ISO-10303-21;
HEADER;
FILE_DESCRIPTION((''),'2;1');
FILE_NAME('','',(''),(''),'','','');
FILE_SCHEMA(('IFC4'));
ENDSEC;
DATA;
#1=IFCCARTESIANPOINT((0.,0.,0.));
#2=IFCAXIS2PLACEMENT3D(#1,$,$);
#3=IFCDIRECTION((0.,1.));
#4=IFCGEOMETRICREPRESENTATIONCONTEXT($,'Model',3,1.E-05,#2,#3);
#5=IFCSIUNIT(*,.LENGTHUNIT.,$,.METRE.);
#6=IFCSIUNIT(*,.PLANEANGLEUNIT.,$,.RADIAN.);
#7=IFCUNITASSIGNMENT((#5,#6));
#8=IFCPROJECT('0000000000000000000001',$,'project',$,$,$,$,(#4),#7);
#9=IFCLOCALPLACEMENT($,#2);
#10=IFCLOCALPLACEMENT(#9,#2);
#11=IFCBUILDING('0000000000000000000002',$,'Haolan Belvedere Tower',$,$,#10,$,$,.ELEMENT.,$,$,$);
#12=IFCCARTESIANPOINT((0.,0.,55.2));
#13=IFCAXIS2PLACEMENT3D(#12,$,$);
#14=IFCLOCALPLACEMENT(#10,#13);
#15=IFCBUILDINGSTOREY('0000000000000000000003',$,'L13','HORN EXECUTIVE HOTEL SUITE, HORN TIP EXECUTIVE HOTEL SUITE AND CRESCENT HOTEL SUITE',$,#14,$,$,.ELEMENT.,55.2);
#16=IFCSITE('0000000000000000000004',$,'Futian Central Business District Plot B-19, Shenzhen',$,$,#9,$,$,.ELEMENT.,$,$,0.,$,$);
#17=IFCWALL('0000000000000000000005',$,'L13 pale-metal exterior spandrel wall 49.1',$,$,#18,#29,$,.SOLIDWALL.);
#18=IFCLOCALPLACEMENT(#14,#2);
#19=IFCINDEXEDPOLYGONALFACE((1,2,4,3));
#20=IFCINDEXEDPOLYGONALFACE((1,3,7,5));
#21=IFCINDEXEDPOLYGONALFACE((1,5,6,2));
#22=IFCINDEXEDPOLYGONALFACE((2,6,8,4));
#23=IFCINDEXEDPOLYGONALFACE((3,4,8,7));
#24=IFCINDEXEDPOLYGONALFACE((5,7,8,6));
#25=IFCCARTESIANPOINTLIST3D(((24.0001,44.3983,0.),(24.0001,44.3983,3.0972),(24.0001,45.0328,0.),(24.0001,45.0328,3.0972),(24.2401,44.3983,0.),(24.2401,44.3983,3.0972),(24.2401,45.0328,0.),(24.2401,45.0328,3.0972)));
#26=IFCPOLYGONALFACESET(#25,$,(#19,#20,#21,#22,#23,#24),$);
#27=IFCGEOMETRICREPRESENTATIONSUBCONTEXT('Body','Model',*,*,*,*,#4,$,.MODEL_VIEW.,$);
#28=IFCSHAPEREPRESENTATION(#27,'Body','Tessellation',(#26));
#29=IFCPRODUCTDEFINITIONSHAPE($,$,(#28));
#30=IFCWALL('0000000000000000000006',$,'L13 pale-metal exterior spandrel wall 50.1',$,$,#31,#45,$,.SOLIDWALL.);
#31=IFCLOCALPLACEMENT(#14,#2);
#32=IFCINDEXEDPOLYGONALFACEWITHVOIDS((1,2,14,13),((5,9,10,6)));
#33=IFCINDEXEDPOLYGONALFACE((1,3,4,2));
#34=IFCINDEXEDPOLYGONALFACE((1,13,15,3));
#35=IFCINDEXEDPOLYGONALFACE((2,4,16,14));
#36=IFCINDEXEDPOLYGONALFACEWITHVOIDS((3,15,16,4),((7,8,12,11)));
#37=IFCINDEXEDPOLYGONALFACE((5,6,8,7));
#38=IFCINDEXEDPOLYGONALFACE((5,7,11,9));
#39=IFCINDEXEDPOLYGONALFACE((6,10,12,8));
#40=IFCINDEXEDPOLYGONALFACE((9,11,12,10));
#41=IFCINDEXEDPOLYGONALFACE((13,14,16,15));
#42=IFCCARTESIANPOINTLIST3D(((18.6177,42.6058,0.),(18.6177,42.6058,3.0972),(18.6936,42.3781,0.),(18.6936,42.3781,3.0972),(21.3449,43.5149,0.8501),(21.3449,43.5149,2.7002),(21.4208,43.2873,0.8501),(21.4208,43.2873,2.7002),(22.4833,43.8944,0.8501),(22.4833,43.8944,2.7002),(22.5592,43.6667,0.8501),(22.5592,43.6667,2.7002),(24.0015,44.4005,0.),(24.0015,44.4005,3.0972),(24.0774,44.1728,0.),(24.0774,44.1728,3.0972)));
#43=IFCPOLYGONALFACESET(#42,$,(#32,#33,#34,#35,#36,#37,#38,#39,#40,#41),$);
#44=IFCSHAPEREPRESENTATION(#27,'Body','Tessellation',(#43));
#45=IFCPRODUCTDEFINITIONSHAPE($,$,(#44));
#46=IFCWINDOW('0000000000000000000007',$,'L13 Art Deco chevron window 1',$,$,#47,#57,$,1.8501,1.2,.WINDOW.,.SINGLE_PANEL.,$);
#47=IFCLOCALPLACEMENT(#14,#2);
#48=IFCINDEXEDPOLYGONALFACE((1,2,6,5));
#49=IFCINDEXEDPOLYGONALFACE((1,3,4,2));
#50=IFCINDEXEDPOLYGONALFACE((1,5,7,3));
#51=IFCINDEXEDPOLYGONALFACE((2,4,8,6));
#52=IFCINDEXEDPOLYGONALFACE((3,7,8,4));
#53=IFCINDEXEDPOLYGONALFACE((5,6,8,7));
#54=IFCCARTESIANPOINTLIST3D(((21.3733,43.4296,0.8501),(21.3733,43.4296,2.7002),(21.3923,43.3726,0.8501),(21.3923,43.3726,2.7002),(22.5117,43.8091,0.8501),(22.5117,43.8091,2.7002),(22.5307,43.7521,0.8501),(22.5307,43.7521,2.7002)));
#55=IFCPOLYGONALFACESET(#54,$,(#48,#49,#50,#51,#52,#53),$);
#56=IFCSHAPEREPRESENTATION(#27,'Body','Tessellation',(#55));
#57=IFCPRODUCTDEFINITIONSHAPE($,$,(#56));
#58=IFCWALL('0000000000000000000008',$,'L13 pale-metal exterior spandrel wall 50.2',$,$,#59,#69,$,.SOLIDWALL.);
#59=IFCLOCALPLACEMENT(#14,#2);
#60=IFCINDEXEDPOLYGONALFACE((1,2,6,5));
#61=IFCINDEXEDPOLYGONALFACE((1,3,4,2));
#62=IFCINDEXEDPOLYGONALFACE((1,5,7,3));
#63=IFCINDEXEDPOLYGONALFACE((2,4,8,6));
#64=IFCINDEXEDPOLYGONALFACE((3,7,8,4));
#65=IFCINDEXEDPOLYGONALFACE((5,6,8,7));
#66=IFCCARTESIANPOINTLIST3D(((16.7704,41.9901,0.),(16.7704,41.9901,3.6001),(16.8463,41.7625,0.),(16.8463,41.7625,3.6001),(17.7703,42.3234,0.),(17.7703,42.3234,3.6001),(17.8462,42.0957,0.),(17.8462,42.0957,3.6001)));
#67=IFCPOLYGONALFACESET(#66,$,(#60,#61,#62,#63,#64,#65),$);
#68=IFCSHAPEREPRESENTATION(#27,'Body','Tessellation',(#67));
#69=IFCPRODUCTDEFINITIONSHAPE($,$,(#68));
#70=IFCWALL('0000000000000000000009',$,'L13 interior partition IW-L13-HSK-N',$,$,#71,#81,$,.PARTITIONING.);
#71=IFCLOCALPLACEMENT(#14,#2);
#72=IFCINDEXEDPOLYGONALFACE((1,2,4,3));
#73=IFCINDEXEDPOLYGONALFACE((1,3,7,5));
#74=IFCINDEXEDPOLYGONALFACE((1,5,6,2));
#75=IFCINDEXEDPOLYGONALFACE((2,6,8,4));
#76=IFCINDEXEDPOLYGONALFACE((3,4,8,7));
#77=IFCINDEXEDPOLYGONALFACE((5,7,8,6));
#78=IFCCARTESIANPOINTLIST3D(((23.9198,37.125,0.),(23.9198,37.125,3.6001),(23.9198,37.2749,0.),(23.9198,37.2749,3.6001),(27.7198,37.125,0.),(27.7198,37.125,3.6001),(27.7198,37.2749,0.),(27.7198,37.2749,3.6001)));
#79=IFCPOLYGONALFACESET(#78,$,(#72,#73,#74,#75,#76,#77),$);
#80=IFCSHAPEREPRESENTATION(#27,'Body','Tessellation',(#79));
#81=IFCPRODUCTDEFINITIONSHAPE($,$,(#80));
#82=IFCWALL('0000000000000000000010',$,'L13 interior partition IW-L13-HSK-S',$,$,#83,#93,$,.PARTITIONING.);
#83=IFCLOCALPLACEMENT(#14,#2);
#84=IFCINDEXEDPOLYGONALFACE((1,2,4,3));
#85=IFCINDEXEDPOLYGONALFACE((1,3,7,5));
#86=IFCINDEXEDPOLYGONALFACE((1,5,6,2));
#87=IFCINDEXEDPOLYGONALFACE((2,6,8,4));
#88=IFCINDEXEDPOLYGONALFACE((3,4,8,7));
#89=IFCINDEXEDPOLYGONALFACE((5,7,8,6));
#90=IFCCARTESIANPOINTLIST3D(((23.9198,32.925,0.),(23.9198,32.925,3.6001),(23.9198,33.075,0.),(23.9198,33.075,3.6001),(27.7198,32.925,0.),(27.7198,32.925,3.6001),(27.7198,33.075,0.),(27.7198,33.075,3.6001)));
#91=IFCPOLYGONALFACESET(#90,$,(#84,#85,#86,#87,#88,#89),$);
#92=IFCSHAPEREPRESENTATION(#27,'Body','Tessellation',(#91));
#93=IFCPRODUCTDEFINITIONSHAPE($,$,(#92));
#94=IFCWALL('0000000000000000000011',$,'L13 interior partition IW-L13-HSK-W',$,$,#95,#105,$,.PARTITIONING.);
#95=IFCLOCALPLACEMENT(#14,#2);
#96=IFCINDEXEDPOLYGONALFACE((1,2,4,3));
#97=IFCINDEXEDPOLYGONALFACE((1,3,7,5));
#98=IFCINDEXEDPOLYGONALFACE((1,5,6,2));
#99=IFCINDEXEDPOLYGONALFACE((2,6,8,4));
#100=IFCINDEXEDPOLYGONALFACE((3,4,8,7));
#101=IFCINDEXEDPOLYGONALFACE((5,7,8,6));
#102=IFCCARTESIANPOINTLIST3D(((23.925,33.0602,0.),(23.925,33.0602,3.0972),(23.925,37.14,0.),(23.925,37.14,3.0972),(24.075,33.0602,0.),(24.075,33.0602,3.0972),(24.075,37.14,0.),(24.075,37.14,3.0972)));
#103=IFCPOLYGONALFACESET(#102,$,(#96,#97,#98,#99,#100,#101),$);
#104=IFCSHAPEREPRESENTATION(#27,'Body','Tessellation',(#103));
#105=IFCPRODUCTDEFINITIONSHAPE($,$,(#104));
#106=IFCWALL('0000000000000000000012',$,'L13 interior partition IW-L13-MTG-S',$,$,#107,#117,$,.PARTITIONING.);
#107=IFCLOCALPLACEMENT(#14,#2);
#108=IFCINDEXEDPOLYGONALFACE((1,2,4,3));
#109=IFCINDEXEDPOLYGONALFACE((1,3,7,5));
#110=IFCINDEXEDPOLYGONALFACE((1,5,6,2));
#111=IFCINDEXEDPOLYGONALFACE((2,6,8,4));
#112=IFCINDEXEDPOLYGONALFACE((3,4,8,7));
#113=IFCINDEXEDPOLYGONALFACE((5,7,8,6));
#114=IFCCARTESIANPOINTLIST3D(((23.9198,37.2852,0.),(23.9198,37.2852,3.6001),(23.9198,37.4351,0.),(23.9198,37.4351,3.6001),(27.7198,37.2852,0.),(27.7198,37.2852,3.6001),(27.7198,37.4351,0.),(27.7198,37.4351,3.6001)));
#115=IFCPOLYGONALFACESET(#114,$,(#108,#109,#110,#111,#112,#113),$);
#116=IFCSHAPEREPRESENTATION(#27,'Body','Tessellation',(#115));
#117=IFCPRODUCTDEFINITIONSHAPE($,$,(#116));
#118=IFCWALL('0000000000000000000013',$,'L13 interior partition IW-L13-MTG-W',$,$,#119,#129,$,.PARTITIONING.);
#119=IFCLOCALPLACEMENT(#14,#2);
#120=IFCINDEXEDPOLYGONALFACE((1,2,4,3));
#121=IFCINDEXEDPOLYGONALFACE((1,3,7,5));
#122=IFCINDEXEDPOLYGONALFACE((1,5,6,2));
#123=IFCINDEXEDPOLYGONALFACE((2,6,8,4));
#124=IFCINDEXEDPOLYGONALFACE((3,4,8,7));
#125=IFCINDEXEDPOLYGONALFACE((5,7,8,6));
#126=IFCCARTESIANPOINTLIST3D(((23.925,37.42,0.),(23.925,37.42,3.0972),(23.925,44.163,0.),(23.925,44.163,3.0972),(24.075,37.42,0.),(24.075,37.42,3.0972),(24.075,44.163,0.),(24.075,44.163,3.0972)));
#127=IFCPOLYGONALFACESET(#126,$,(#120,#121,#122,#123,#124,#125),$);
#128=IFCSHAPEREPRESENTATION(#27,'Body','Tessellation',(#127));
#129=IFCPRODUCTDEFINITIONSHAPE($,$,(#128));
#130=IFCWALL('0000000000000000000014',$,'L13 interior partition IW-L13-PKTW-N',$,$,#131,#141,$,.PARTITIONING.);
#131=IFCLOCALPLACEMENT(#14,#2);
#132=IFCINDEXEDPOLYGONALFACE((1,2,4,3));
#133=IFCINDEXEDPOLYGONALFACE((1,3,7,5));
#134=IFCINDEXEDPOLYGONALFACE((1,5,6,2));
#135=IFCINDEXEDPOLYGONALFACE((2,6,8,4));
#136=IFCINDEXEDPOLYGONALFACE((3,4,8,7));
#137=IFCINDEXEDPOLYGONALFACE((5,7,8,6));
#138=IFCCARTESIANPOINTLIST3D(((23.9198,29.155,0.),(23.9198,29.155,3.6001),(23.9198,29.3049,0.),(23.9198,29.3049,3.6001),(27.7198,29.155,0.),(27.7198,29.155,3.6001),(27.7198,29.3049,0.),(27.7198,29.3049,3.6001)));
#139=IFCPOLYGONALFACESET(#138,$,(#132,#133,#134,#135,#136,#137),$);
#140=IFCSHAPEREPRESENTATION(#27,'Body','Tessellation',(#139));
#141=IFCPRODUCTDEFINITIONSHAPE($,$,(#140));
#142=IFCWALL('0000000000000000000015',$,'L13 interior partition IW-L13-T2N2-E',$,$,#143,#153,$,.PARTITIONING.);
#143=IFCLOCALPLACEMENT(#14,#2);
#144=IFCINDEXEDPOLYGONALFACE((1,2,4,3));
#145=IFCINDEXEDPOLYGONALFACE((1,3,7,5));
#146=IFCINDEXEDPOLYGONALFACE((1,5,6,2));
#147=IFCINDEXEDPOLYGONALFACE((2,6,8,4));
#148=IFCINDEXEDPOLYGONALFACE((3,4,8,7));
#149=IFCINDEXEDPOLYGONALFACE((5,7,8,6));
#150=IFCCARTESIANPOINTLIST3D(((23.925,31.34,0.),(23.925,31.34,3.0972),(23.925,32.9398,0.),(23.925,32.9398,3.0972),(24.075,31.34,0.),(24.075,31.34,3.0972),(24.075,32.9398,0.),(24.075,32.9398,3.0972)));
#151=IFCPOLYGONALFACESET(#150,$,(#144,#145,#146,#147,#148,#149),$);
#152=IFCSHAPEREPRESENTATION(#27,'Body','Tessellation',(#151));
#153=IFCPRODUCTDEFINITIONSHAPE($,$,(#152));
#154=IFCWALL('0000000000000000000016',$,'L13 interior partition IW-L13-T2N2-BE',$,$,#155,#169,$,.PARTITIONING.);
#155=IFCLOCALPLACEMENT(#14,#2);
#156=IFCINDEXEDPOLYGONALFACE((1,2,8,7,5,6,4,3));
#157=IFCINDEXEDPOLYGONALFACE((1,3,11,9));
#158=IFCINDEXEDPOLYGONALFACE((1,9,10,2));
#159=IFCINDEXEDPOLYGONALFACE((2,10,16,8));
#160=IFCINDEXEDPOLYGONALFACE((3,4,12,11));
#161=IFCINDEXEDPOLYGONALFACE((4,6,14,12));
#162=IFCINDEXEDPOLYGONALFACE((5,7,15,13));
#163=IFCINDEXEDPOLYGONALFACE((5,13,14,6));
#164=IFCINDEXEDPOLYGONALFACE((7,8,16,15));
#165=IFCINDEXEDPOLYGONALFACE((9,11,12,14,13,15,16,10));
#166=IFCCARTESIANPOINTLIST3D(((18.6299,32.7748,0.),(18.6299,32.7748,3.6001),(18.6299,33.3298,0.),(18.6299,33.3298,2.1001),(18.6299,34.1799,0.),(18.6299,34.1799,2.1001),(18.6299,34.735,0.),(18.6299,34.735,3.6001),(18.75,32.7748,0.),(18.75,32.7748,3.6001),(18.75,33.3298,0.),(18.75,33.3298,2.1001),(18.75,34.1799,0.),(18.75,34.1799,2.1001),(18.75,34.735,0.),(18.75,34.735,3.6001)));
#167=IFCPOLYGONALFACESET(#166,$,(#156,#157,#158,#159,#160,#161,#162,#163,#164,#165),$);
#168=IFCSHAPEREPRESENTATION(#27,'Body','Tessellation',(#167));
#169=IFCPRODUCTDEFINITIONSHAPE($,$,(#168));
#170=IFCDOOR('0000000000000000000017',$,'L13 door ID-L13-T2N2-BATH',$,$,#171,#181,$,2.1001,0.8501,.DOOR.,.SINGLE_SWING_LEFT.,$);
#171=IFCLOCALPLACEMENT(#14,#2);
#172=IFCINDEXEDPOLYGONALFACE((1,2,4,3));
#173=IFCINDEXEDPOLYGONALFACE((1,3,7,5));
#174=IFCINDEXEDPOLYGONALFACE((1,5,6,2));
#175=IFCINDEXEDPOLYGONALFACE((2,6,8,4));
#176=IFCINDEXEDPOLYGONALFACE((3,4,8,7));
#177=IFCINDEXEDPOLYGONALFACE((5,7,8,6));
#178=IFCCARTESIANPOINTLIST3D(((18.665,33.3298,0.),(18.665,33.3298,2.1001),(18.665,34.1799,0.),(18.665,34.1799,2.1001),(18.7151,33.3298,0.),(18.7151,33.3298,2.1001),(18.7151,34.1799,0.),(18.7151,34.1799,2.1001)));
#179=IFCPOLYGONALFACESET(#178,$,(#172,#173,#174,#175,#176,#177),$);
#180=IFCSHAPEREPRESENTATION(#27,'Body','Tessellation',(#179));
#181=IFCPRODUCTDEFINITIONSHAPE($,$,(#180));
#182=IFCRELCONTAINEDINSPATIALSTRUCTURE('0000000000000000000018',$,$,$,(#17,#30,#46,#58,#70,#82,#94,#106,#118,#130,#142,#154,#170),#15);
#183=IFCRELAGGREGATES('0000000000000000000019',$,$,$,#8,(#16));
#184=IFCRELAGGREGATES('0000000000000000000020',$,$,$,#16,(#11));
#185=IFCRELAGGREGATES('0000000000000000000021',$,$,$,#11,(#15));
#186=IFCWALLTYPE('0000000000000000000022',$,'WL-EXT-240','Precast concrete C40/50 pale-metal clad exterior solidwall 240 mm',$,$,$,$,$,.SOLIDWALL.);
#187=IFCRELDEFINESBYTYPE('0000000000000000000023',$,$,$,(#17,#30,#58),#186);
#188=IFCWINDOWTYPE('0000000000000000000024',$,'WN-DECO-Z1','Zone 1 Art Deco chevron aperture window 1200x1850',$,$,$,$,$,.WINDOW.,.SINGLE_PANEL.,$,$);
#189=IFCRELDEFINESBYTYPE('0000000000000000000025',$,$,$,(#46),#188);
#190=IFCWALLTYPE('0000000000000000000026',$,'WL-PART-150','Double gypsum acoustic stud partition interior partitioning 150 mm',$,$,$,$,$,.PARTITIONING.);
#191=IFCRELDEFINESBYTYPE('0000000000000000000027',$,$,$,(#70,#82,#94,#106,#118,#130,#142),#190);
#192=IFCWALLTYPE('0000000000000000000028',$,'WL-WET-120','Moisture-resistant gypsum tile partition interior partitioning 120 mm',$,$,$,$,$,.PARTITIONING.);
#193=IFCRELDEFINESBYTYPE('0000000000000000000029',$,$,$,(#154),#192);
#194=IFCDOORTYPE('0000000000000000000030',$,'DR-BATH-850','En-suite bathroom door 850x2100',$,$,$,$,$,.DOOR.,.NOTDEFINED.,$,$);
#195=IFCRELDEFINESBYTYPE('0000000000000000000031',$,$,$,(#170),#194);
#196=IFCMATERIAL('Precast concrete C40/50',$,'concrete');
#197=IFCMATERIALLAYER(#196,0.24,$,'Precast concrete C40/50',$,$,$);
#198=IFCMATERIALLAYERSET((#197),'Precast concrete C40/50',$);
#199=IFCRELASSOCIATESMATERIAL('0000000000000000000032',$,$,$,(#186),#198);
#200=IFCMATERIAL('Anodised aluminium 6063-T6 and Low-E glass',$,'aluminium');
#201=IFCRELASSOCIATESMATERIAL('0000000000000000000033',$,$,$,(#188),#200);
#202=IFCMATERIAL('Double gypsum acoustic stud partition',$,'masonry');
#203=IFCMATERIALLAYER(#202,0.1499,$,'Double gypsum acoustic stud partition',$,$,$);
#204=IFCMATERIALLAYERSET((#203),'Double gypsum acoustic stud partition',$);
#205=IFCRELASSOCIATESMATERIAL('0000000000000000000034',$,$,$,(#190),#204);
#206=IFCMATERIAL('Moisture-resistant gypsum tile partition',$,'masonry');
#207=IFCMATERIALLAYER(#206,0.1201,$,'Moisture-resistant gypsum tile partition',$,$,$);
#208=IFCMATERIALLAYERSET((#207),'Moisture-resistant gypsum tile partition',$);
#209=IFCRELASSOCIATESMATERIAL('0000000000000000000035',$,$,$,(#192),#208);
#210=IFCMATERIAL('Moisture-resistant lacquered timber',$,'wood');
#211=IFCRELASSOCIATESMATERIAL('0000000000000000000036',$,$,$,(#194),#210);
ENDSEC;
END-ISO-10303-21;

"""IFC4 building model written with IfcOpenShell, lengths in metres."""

from ifc_helpers import new_model, si_unit, direction, frame, frame_2d, origin, place, context, subcontext, project, spatial, rectangle, extrude, material, layer, layer_set, type_object, element, fill, save


model = new_model("IFC4")

# Units and contexts
model_context = context("Model", 3, precision=1e-05, world=origin(), true_north=direction((0.0, 1.0)))
body_context = subcontext(model_context, "Body", "Model", "MODEL_VIEW")
ifc_project = project(units=[si_unit("LENGTHUNIT", "METRE"), si_unit("PLANEANGLEUNIT", "RADIAN")], contexts=[model_context])

# Site, building, storey
site_placement = place(None, origin())
site = spatial("IfcSite", under=ifc_project, at=site_placement, Name="Futian Central Business District Plot B-19, Shenzhen", CompositionType="ELEMENT", RefElevation=0.0)
building_placement = place(site_placement, origin())
building = spatial("IfcBuilding", under=site, at=building_placement, Name="Haolan Belvedere Tower", CompositionType="ELEMENT")
storey_placement = place(building_placement, frame((0.0, 0.0, 55.2)))
storey = spatial("IfcBuildingStorey", under=building, at=storey_placement, Name="L13", Description="HORN EXECUTIVE HOTEL SUITE, HORN TIP EXECUTIVE HOTEL SUITE AND CRESCENT HOTEL SUITE", CompositionType="ELEMENT", Elevation=55.2)

# Wall
ifc_material_1 = material(Name="Precast concrete C40/50", Category="concrete")
ifc_layer_1 = layer(ifc_material_1, 0.24, Name="Precast concrete C40/50")
ifc_layer_set_1 = layer_set([ifc_layer_1], Name="Precast concrete C40/50")
wall_type_1 = type_object("IfcWallType", Name="WL-EXT-240", Description="Precast concrete C40/50 pale-metal clad exterior solidwall 240 mm", PredefinedType="SOLIDWALL", material=ifc_layer_set_1)
wall_1_placement = place(storey_placement, frame((24.1201, 45.033, 0.0), z_axis=(0.0, 0.0, 1.0), x_axis=(0.0, -1.0, 0.0)))
element("IfcWall", 1, at=wall_1_placement, inside=storey, type_object=wall_type_1, Name="L13 pale-metal exterior spandrel wall 49.1", PredefinedType="SOLIDWALL", context=body_context, shape_type="SweptSolid", body=[
    extrude(rectangle(XDim=0.6345, YDim=0.24, at=frame_2d((0.3174, 0.0))), origin(), (0.0, 0.0, 1.0), 3.0972),
])

# Wall, opening, window
wall_2_placement = place(storey_placement, frame((24.0393, 44.2866, 0.0), z_axis=(0.0, 0.0, 1.0), x_axis=(-0.948679, -0.316241, 0.0)))
wall_2 = element("IfcWall", 2, at=wall_2_placement, inside=storey, type_object=wall_type_1, Name="L13 pale-metal exterior spandrel wall 50.1", PredefinedType="SOLIDWALL", context=body_context, shape_type="SweptSolid", body=[
    extrude(rectangle(XDim=5.675, YDim=0.24, at=frame_2d((2.8374, 0.0))), origin(), (0.0, 0.0, 1.0), 3.0972),
])
opening_1_placement = place(wall_2_placement, frame((1.6001, 0.0, 0.8501)))
opening_1 = element("IfcOpeningElement", 3, at=opening_1_placement, cuts=wall_2, PredefinedType="OPENING", context=body_context, shape_type="SweptSolid", body=[
    extrude(rectangle(XDim=1.2, YDim=1.8501, at=frame_2d((0.6001, 0.925))), frame((0.0, 0.1299, 0.0), z_axis=(0.0, -1.0, 0.0), x_axis=(1.0, 0.0, 0.0)), (0.0, 0.0, 1.0), 0.26),
])
ifc_material_2 = material(Name="Anodised aluminium 6063-T6 and Low-E glass", Category="aluminium")
window_type = type_object("IfcWindowType", Name="WN-DECO-Z1", Description="Zone 1 Art Deco chevron aperture window 1200x1850", PartitioningType="SINGLE_PANEL", PredefinedType="WINDOW", material=ifc_material_2)
window_placement = place(opening_1_placement, origin())
window = element("IfcWindow", 4, at=window_placement, inside=storey, type_object=window_type, Name="L13 Art Deco chevron window 1", OverallHeight=1.8501, OverallWidth=1.2, PartitioningType="SINGLE_PANEL", PredefinedType="WINDOW", context=body_context, shape_type="SweptSolid", body=[
    extrude(rectangle(XDim=1.2, YDim=1.8501, at=frame_2d((0.6001, 0.925))), frame((0.0, 0.03, 0.0), z_axis=(0.0, -1.0, 0.0), x_axis=(1.0, 0.0, 0.0)), (0.0, 0.0, 1.0), 0.0601),
])
fill(opening_1, window)

# Walls
wall_3_placement = place(storey_placement, frame((17.8081, 42.2095, 0.0), z_axis=(0.0, 0.0, 1.0), x_axis=(-0.948706, -0.316158, 0.0)))
element("IfcWall", 5, at=wall_3_placement, inside=storey, type_object=wall_type_1, Name="L13 pale-metal exterior spandrel wall 50.2", PredefinedType="SOLIDWALL", context=body_context, shape_type="SweptSolid", body=[
    extrude(rectangle(XDim=1.054, YDim=0.24, at=frame_2d((0.5269, 0.0))), origin(), (0.0, 0.0, 1.0), 3.6001),
])
ifc_material_3 = material(Name="Double gypsum acoustic stud partition", Category="masonry")
ifc_layer_2 = layer(ifc_material_3, 0.1499, Name="Double gypsum acoustic stud partition")
ifc_layer_set_2 = layer_set([ifc_layer_2], Name="Double gypsum acoustic stud partition")
wall_type_2 = type_object("IfcWallType", Name="WL-PART-150", Description="Double gypsum acoustic stud partition interior partitioning 150 mm", PredefinedType="PARTITIONING", material=ifc_layer_set_2)
for number, where, z_axis, x_axis, name in (
    (6, (23.9199, 37.2, 0.0), (0.0, 0.0, 1.0), (1.0, 0.0, 0.0), "L13 interior partition IW-L13-HSK-N"),
    (7, (23.9199, 33.0, 0.0), (0.0, 0.0, 1.0), (1.0, 0.0, 0.0), "L13 interior partition IW-L13-HSK-S"),
):
    element("IfcWall", number, at=place(storey_placement, frame(where, z_axis=z_axis, x_axis=x_axis)), inside=storey, type_object=wall_type_2, Name=name, PredefinedType="PARTITIONING", context=body_context, shape_type="SweptSolid", body=[
        extrude(rectangle(XDim=3.8, YDim=0.1499, at=frame_2d((1.8999, 0.0))), origin(), (0.0, 0.0, 1.0), 3.6001),
    ])
wall_4_placement = place(storey_placement, frame((24.0, 33.0601, 0.0), z_axis=(0.0, 0.0, 1.0), x_axis=(0.0, 1.0, 0.0)))
element("IfcWall", 8, at=wall_4_placement, inside=storey, type_object=wall_type_2, Name="L13 interior partition IW-L13-HSK-W", PredefinedType="PARTITIONING", context=body_context, shape_type="SweptSolid", body=[
    extrude(rectangle(XDim=4.0798, YDim=0.1499, at=frame_2d((2.04, 0.0))), origin(), (0.0, 0.0, 1.0), 3.0972),
])
wall_5_placement = place(storey_placement, frame((23.9199, 37.3601, 0.0), z_axis=(0.0, 0.0, 1.0), x_axis=(1.0, 0.0, 0.0)))
element("IfcWall", 9, at=wall_5_placement, inside=storey, type_object=wall_type_2, Name="L13 interior partition IW-L13-MTG-S", PredefinedType="PARTITIONING", context=body_context, shape_type="SweptSolid", body=[
    extrude(rectangle(XDim=3.8, YDim=0.1499, at=frame_2d((1.8999, 0.0))), origin(), (0.0, 0.0, 1.0), 3.6001),
])
wall_6_placement = place(storey_placement, frame((24.0, 37.4199, 0.0), z_axis=(0.0, 0.0, 1.0), x_axis=(0.0, 1.0, 0.0)))
element("IfcWall", 10, at=wall_6_placement, inside=storey, type_object=wall_type_2, Name="L13 interior partition IW-L13-MTG-W", PredefinedType="PARTITIONING", context=body_context, shape_type="SweptSolid", body=[
    extrude(rectangle(XDim=6.7429, YDim=0.1499, at=frame_2d((3.3716, 0.0))), origin(), (0.0, 0.0, 1.0), 3.0972),
])
wall_7_placement = place(storey_placement, frame((23.9199, 29.23, 0.0), z_axis=(0.0, 0.0, 1.0), x_axis=(1.0, 0.0, 0.0)))
element("IfcWall", 11, at=wall_7_placement, inside=storey, type_object=wall_type_2, Name="L13 interior partition IW-L13-PKTW-N", PredefinedType="PARTITIONING", context=body_context, shape_type="SweptSolid", body=[
    extrude(rectangle(XDim=3.8, YDim=0.1499, at=frame_2d((1.8999, 0.0))), origin(), (0.0, 0.0, 1.0), 3.6001),
])
wall_8_placement = place(storey_placement, frame((24.0, 31.3401, 0.0), z_axis=(0.0, 0.0, 1.0), x_axis=(0.0, 1.0, 0.0)))
element("IfcWall", 12, at=wall_8_placement, inside=storey, type_object=wall_type_2, Name="L13 interior partition IW-L13-T2N2-E", PredefinedType="PARTITIONING", context=body_context, shape_type="SweptSolid", body=[
    extrude(rectangle(XDim=1.5999, YDim=0.1499, at=frame_2d((0.7998, 0.0))), origin(), (0.0, 0.0, 1.0), 3.0972),
])

# Wall, opening, door
ifc_material_4 = material(Name="Moisture-resistant gypsum tile partition", Category="masonry")
ifc_layer_3 = layer(ifc_material_4, 0.1201, Name="Moisture-resistant gypsum tile partition")
ifc_layer_set_3 = layer_set([ifc_layer_3], Name="Moisture-resistant gypsum tile partition")
wall_type_3 = type_object("IfcWallType", Name="WL-WET-120", Description="Moisture-resistant gypsum tile partition interior partitioning 120 mm", PredefinedType="PARTITIONING", material=ifc_layer_set_3)
wall_9_placement = place(storey_placement, frame((18.6899, 32.7749, 0.0), z_axis=(0.0, 0.0, 1.0), x_axis=(0.0, 1.0, 0.0)))
wall_9 = element("IfcWall", 13, at=wall_9_placement, inside=storey, type_object=wall_type_3, Name="L13 interior partition IW-L13-T2N2-BE", PredefinedType="PARTITIONING", context=body_context, shape_type="SweptSolid", body=[
    extrude(rectangle(XDim=1.9602, YDim=0.1201, at=frame_2d((0.98, 0.0))), origin(), (0.0, 0.0, 1.0), 3.6001),
])
opening_2_placement = place(wall_9_placement, frame((0.5549, 0.0, 0.0)))
opening_2 = element("IfcOpeningElement", 14, at=opening_2_placement, cuts=wall_9, PredefinedType="OPENING", context=body_context, shape_type="SweptSolid", body=[
    extrude(rectangle(XDim=0.8501, YDim=2.1001, at=frame_2d((0.425, 1.05))), frame((0.0, 0.0701, 0.0), z_axis=(0.0, -1.0, 0.0), x_axis=(1.0, 0.0, 0.0)), (0.0, 0.0, 1.0), 0.1401),
])
ifc_material_5 = material(Name="Moisture-resistant lacquered timber", Category="wood")
door_type_1 = type_object("IfcDoorType", Name="DR-BATH-850", Description="En-suite bathroom door 850x2100", OperationType="NOTDEFINED", PredefinedType="DOOR", material=ifc_material_5)
door_1_placement = place(opening_2_placement, origin())
door_1 = element("IfcDoor", 15, at=door_1_placement, inside=storey, type_object=door_type_1, Name="L13 door ID-L13-T2N2-BATH", OperationType="SINGLE_SWING_LEFT", OverallHeight=2.1001, OverallWidth=0.8501, PredefinedType="DOOR", context=body_context, shape_type="SweptSolid", body=[
    extrude(rectangle(XDim=0.8501, YDim=2.1001, at=frame_2d((0.425, 1.05))), frame((0.0, 0.0249, 0.0), z_axis=(0.0, -1.0, 0.0), x_axis=(1.0, 0.0, 0.0)), (0.0, 0.0, 1.0), 0.05),
])
fill(opening_2, door_1)

save(model, "model.ifc")
